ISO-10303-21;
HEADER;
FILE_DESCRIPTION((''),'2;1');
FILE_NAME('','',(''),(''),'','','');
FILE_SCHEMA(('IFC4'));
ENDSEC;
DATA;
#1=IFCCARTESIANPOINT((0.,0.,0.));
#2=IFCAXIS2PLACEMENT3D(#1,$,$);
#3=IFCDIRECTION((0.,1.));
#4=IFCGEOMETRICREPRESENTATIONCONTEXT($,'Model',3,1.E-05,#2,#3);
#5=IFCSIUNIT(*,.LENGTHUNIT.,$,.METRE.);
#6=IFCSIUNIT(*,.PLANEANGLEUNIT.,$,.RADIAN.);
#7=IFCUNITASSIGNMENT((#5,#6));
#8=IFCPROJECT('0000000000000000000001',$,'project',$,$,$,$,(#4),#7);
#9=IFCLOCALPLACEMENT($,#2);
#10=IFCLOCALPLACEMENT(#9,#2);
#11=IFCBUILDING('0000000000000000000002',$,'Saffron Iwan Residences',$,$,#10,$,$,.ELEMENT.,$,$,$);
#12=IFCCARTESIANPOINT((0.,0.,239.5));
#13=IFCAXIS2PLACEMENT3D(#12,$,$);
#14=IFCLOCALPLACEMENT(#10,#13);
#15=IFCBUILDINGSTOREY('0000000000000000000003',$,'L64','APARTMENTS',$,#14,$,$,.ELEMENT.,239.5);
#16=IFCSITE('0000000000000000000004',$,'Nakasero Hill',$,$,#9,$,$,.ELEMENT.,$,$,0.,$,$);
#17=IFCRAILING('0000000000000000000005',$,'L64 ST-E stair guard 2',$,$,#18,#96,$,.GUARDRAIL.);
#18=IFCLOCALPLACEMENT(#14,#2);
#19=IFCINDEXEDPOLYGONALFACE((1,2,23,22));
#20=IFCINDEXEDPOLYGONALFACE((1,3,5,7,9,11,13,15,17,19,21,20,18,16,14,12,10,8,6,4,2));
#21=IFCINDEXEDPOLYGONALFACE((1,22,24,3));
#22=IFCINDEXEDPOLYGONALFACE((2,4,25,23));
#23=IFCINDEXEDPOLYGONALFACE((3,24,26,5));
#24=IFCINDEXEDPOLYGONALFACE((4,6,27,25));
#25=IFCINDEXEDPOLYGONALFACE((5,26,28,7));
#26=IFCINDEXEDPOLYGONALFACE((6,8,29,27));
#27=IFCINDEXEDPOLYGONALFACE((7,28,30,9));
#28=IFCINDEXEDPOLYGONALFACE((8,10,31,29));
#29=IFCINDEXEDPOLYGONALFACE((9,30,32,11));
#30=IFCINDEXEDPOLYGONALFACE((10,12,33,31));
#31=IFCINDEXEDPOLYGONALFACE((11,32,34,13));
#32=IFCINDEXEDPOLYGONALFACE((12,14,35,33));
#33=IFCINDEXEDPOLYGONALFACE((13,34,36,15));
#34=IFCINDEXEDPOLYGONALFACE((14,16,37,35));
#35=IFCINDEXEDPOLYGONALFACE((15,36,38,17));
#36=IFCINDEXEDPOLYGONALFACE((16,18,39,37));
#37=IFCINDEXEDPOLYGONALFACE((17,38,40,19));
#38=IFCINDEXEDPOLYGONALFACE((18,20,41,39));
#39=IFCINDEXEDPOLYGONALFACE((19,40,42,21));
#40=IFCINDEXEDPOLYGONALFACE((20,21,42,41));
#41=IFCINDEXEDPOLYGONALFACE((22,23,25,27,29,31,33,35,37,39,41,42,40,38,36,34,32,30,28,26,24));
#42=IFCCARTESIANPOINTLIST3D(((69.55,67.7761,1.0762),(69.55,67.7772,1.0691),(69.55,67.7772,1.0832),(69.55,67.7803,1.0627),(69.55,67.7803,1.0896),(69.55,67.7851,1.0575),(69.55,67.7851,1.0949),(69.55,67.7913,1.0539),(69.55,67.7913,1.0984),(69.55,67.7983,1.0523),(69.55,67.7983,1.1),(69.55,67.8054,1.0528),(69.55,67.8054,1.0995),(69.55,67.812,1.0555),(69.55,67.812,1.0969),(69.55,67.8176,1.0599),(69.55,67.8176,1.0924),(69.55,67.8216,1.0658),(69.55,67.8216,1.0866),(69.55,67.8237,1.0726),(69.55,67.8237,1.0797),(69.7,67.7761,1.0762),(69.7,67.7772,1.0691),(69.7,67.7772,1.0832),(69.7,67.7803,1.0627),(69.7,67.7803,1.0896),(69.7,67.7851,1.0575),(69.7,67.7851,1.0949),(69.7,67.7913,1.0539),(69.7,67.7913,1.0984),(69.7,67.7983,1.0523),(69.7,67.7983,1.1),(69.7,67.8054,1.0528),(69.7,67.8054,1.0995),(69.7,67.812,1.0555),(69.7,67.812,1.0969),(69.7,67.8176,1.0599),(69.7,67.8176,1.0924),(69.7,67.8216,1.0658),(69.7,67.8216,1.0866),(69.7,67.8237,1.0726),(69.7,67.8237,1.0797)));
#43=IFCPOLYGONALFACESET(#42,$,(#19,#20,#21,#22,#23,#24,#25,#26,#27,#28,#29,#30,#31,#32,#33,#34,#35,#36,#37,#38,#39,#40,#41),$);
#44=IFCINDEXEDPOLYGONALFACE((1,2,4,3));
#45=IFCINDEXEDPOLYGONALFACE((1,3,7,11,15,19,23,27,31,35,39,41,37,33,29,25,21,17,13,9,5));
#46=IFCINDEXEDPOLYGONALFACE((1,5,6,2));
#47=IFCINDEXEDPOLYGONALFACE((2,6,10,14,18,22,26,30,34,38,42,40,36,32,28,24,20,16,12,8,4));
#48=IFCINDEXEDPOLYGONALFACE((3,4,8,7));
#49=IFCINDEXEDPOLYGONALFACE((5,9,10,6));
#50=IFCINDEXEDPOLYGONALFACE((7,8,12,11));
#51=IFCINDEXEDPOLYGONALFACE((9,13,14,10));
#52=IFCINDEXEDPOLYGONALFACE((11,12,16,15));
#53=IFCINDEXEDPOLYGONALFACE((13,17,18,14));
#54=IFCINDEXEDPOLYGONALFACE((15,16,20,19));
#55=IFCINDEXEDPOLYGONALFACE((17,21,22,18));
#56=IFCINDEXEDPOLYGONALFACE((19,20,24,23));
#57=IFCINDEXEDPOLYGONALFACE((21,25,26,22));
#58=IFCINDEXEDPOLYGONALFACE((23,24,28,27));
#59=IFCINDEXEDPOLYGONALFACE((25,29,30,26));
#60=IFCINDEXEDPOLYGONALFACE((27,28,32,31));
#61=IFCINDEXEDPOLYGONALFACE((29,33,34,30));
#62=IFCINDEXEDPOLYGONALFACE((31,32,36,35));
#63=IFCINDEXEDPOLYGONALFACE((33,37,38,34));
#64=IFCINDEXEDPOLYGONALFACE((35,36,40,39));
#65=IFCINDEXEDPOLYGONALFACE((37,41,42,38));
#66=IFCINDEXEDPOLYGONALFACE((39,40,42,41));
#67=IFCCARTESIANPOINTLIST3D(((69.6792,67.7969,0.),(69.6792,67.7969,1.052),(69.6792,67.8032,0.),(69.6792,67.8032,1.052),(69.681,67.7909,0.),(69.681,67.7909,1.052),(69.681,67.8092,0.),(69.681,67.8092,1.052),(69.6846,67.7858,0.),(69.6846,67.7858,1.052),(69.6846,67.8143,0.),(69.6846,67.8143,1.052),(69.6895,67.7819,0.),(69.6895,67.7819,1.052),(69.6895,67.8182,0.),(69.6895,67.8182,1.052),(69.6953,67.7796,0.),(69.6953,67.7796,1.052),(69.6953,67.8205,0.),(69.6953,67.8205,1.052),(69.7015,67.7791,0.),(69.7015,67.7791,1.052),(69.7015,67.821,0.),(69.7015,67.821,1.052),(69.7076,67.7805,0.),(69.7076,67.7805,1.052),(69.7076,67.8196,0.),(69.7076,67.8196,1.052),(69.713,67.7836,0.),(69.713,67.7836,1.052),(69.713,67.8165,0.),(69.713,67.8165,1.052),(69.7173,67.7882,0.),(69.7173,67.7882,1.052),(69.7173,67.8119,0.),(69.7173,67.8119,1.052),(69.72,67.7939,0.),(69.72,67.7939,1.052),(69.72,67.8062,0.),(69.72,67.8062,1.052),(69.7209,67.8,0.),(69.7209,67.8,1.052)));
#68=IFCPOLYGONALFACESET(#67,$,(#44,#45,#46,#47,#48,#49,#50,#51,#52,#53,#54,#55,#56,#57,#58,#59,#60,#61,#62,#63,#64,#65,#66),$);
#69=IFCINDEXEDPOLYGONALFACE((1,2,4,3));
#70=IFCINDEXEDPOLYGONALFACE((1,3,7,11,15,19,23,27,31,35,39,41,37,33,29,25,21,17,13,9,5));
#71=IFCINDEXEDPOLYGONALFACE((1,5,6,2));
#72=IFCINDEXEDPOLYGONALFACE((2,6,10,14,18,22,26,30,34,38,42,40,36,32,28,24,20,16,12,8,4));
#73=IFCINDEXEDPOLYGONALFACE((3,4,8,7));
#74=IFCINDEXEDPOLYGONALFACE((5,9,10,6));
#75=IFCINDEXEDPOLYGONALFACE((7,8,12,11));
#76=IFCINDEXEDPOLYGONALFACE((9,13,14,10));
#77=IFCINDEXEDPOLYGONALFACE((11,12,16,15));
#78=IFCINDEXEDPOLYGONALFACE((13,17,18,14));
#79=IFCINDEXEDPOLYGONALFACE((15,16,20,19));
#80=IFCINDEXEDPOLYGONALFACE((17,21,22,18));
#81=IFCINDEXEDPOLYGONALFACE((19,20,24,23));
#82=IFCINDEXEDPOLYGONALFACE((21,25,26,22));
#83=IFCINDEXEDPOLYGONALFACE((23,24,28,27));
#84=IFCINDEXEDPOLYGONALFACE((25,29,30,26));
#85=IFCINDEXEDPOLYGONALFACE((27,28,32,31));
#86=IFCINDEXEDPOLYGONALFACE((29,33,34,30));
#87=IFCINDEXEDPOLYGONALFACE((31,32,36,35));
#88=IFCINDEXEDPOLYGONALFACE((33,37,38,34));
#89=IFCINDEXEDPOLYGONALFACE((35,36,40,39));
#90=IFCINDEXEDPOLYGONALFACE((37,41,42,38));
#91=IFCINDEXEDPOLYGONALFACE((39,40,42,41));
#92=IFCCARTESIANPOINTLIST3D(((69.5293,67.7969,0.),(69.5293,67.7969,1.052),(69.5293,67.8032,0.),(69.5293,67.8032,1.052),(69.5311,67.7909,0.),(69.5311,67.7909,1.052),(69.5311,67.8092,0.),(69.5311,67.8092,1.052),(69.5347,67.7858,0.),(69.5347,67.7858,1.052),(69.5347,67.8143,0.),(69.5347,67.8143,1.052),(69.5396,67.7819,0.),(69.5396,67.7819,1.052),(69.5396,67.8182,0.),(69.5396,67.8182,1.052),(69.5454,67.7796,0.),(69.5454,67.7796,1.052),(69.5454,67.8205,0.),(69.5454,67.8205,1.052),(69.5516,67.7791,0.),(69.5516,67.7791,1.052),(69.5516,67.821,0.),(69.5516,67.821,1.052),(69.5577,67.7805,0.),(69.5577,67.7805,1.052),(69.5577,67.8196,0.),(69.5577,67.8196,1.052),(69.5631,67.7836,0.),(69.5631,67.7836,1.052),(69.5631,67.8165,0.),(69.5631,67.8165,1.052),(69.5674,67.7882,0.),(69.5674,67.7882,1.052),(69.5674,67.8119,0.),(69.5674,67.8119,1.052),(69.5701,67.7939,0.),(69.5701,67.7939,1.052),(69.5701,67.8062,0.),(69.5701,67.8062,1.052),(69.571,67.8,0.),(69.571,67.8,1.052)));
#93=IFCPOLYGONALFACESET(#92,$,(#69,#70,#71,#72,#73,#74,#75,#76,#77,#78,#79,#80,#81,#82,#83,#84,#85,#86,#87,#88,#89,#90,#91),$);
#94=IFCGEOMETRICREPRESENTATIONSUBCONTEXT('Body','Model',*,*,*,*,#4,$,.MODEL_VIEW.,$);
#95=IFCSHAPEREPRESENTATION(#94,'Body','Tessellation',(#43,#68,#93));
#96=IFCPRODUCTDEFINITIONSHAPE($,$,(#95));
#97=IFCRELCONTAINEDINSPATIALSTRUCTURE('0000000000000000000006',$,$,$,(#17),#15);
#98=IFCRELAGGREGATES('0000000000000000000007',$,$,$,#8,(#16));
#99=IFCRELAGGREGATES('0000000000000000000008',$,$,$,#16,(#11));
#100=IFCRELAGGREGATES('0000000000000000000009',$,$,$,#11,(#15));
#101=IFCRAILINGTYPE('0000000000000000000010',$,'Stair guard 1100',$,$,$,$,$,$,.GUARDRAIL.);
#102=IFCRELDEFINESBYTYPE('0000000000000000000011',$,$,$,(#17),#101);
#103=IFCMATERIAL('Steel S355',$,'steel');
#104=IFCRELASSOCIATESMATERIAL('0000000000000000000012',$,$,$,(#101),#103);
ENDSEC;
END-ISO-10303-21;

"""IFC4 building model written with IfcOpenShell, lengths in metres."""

from ifc_helpers import new_model, si_unit, direction, frame, origin, origin_2d, place, context, subcontext, project, spatial, circle, extrude, material, type_object, element, save


model = new_model("IFC4")

# Units and contexts
model_context = context("Model", 3, precision=1e-05, world=origin(), true_north=direction((0.0, 1.0)))
body_context = subcontext(model_context, "Body", "Model", "MODEL_VIEW")
ifc_project = project(units=[si_unit("LENGTHUNIT", "METRE"), si_unit("PLANEANGLEUNIT", "RADIAN")], contexts=[model_context])

# Site, building, storey
site_placement = place(None, origin())
site = spatial("IfcSite", under=ifc_project, at=site_placement, Name="Nakasero Hill", CompositionType="ELEMENT", RefElevation=0.0)
building_placement = place(site_placement, origin())
building = spatial("IfcBuilding", under=site, at=building_placement, Name="Saffron Iwan Residences", CompositionType="ELEMENT")
storey_placement = place(building_placement, frame((0.0, 0.0, 239.5)))
storey = spatial("IfcBuildingStorey", under=building, at=storey_placement, Name="L64", Description="APARTMENTS", CompositionType="ELEMENT", Elevation=239.5)

# Railing
ifc_material_1 = material(Name="Steel S355", Category="steel")
railing_type_1 = type_object("IfcRailingType", Name="Stair guard 1100", PredefinedType="GUARDRAIL", material=ifc_material_1)
railing_1_placement = place(storey_placement, frame((69.7, 67.8, 0.0)))
element("IfcRailing", 1, at=railing_1_placement, inside=storey, type_object=railing_type_1, Name="L64 ST-E stair guard 2", PredefinedType="GUARDRAIL", context=body_context, shape_type="SweptSolid", body=[
    extrude(circle(Radius=0.0239, at=origin_2d()), frame((0.0, 0.0, 1.0762), z_axis=(-1.0, 0.0, 0.0), x_axis=(0.0, -1.0, 0.0)), (0.0, 0.0, 1.0), 0.1499),
    extrude(circle(Radius=0.021, at=origin_2d()), origin(), (0.0, 0.0, 1.0), 1.052),
    extrude(circle(Radius=0.021, at=origin_2d()), frame((-0.1499, 0.0, 0.0)), (0.0, 0.0, 1.0), 1.052),
])

save(model, "model.ifc")
